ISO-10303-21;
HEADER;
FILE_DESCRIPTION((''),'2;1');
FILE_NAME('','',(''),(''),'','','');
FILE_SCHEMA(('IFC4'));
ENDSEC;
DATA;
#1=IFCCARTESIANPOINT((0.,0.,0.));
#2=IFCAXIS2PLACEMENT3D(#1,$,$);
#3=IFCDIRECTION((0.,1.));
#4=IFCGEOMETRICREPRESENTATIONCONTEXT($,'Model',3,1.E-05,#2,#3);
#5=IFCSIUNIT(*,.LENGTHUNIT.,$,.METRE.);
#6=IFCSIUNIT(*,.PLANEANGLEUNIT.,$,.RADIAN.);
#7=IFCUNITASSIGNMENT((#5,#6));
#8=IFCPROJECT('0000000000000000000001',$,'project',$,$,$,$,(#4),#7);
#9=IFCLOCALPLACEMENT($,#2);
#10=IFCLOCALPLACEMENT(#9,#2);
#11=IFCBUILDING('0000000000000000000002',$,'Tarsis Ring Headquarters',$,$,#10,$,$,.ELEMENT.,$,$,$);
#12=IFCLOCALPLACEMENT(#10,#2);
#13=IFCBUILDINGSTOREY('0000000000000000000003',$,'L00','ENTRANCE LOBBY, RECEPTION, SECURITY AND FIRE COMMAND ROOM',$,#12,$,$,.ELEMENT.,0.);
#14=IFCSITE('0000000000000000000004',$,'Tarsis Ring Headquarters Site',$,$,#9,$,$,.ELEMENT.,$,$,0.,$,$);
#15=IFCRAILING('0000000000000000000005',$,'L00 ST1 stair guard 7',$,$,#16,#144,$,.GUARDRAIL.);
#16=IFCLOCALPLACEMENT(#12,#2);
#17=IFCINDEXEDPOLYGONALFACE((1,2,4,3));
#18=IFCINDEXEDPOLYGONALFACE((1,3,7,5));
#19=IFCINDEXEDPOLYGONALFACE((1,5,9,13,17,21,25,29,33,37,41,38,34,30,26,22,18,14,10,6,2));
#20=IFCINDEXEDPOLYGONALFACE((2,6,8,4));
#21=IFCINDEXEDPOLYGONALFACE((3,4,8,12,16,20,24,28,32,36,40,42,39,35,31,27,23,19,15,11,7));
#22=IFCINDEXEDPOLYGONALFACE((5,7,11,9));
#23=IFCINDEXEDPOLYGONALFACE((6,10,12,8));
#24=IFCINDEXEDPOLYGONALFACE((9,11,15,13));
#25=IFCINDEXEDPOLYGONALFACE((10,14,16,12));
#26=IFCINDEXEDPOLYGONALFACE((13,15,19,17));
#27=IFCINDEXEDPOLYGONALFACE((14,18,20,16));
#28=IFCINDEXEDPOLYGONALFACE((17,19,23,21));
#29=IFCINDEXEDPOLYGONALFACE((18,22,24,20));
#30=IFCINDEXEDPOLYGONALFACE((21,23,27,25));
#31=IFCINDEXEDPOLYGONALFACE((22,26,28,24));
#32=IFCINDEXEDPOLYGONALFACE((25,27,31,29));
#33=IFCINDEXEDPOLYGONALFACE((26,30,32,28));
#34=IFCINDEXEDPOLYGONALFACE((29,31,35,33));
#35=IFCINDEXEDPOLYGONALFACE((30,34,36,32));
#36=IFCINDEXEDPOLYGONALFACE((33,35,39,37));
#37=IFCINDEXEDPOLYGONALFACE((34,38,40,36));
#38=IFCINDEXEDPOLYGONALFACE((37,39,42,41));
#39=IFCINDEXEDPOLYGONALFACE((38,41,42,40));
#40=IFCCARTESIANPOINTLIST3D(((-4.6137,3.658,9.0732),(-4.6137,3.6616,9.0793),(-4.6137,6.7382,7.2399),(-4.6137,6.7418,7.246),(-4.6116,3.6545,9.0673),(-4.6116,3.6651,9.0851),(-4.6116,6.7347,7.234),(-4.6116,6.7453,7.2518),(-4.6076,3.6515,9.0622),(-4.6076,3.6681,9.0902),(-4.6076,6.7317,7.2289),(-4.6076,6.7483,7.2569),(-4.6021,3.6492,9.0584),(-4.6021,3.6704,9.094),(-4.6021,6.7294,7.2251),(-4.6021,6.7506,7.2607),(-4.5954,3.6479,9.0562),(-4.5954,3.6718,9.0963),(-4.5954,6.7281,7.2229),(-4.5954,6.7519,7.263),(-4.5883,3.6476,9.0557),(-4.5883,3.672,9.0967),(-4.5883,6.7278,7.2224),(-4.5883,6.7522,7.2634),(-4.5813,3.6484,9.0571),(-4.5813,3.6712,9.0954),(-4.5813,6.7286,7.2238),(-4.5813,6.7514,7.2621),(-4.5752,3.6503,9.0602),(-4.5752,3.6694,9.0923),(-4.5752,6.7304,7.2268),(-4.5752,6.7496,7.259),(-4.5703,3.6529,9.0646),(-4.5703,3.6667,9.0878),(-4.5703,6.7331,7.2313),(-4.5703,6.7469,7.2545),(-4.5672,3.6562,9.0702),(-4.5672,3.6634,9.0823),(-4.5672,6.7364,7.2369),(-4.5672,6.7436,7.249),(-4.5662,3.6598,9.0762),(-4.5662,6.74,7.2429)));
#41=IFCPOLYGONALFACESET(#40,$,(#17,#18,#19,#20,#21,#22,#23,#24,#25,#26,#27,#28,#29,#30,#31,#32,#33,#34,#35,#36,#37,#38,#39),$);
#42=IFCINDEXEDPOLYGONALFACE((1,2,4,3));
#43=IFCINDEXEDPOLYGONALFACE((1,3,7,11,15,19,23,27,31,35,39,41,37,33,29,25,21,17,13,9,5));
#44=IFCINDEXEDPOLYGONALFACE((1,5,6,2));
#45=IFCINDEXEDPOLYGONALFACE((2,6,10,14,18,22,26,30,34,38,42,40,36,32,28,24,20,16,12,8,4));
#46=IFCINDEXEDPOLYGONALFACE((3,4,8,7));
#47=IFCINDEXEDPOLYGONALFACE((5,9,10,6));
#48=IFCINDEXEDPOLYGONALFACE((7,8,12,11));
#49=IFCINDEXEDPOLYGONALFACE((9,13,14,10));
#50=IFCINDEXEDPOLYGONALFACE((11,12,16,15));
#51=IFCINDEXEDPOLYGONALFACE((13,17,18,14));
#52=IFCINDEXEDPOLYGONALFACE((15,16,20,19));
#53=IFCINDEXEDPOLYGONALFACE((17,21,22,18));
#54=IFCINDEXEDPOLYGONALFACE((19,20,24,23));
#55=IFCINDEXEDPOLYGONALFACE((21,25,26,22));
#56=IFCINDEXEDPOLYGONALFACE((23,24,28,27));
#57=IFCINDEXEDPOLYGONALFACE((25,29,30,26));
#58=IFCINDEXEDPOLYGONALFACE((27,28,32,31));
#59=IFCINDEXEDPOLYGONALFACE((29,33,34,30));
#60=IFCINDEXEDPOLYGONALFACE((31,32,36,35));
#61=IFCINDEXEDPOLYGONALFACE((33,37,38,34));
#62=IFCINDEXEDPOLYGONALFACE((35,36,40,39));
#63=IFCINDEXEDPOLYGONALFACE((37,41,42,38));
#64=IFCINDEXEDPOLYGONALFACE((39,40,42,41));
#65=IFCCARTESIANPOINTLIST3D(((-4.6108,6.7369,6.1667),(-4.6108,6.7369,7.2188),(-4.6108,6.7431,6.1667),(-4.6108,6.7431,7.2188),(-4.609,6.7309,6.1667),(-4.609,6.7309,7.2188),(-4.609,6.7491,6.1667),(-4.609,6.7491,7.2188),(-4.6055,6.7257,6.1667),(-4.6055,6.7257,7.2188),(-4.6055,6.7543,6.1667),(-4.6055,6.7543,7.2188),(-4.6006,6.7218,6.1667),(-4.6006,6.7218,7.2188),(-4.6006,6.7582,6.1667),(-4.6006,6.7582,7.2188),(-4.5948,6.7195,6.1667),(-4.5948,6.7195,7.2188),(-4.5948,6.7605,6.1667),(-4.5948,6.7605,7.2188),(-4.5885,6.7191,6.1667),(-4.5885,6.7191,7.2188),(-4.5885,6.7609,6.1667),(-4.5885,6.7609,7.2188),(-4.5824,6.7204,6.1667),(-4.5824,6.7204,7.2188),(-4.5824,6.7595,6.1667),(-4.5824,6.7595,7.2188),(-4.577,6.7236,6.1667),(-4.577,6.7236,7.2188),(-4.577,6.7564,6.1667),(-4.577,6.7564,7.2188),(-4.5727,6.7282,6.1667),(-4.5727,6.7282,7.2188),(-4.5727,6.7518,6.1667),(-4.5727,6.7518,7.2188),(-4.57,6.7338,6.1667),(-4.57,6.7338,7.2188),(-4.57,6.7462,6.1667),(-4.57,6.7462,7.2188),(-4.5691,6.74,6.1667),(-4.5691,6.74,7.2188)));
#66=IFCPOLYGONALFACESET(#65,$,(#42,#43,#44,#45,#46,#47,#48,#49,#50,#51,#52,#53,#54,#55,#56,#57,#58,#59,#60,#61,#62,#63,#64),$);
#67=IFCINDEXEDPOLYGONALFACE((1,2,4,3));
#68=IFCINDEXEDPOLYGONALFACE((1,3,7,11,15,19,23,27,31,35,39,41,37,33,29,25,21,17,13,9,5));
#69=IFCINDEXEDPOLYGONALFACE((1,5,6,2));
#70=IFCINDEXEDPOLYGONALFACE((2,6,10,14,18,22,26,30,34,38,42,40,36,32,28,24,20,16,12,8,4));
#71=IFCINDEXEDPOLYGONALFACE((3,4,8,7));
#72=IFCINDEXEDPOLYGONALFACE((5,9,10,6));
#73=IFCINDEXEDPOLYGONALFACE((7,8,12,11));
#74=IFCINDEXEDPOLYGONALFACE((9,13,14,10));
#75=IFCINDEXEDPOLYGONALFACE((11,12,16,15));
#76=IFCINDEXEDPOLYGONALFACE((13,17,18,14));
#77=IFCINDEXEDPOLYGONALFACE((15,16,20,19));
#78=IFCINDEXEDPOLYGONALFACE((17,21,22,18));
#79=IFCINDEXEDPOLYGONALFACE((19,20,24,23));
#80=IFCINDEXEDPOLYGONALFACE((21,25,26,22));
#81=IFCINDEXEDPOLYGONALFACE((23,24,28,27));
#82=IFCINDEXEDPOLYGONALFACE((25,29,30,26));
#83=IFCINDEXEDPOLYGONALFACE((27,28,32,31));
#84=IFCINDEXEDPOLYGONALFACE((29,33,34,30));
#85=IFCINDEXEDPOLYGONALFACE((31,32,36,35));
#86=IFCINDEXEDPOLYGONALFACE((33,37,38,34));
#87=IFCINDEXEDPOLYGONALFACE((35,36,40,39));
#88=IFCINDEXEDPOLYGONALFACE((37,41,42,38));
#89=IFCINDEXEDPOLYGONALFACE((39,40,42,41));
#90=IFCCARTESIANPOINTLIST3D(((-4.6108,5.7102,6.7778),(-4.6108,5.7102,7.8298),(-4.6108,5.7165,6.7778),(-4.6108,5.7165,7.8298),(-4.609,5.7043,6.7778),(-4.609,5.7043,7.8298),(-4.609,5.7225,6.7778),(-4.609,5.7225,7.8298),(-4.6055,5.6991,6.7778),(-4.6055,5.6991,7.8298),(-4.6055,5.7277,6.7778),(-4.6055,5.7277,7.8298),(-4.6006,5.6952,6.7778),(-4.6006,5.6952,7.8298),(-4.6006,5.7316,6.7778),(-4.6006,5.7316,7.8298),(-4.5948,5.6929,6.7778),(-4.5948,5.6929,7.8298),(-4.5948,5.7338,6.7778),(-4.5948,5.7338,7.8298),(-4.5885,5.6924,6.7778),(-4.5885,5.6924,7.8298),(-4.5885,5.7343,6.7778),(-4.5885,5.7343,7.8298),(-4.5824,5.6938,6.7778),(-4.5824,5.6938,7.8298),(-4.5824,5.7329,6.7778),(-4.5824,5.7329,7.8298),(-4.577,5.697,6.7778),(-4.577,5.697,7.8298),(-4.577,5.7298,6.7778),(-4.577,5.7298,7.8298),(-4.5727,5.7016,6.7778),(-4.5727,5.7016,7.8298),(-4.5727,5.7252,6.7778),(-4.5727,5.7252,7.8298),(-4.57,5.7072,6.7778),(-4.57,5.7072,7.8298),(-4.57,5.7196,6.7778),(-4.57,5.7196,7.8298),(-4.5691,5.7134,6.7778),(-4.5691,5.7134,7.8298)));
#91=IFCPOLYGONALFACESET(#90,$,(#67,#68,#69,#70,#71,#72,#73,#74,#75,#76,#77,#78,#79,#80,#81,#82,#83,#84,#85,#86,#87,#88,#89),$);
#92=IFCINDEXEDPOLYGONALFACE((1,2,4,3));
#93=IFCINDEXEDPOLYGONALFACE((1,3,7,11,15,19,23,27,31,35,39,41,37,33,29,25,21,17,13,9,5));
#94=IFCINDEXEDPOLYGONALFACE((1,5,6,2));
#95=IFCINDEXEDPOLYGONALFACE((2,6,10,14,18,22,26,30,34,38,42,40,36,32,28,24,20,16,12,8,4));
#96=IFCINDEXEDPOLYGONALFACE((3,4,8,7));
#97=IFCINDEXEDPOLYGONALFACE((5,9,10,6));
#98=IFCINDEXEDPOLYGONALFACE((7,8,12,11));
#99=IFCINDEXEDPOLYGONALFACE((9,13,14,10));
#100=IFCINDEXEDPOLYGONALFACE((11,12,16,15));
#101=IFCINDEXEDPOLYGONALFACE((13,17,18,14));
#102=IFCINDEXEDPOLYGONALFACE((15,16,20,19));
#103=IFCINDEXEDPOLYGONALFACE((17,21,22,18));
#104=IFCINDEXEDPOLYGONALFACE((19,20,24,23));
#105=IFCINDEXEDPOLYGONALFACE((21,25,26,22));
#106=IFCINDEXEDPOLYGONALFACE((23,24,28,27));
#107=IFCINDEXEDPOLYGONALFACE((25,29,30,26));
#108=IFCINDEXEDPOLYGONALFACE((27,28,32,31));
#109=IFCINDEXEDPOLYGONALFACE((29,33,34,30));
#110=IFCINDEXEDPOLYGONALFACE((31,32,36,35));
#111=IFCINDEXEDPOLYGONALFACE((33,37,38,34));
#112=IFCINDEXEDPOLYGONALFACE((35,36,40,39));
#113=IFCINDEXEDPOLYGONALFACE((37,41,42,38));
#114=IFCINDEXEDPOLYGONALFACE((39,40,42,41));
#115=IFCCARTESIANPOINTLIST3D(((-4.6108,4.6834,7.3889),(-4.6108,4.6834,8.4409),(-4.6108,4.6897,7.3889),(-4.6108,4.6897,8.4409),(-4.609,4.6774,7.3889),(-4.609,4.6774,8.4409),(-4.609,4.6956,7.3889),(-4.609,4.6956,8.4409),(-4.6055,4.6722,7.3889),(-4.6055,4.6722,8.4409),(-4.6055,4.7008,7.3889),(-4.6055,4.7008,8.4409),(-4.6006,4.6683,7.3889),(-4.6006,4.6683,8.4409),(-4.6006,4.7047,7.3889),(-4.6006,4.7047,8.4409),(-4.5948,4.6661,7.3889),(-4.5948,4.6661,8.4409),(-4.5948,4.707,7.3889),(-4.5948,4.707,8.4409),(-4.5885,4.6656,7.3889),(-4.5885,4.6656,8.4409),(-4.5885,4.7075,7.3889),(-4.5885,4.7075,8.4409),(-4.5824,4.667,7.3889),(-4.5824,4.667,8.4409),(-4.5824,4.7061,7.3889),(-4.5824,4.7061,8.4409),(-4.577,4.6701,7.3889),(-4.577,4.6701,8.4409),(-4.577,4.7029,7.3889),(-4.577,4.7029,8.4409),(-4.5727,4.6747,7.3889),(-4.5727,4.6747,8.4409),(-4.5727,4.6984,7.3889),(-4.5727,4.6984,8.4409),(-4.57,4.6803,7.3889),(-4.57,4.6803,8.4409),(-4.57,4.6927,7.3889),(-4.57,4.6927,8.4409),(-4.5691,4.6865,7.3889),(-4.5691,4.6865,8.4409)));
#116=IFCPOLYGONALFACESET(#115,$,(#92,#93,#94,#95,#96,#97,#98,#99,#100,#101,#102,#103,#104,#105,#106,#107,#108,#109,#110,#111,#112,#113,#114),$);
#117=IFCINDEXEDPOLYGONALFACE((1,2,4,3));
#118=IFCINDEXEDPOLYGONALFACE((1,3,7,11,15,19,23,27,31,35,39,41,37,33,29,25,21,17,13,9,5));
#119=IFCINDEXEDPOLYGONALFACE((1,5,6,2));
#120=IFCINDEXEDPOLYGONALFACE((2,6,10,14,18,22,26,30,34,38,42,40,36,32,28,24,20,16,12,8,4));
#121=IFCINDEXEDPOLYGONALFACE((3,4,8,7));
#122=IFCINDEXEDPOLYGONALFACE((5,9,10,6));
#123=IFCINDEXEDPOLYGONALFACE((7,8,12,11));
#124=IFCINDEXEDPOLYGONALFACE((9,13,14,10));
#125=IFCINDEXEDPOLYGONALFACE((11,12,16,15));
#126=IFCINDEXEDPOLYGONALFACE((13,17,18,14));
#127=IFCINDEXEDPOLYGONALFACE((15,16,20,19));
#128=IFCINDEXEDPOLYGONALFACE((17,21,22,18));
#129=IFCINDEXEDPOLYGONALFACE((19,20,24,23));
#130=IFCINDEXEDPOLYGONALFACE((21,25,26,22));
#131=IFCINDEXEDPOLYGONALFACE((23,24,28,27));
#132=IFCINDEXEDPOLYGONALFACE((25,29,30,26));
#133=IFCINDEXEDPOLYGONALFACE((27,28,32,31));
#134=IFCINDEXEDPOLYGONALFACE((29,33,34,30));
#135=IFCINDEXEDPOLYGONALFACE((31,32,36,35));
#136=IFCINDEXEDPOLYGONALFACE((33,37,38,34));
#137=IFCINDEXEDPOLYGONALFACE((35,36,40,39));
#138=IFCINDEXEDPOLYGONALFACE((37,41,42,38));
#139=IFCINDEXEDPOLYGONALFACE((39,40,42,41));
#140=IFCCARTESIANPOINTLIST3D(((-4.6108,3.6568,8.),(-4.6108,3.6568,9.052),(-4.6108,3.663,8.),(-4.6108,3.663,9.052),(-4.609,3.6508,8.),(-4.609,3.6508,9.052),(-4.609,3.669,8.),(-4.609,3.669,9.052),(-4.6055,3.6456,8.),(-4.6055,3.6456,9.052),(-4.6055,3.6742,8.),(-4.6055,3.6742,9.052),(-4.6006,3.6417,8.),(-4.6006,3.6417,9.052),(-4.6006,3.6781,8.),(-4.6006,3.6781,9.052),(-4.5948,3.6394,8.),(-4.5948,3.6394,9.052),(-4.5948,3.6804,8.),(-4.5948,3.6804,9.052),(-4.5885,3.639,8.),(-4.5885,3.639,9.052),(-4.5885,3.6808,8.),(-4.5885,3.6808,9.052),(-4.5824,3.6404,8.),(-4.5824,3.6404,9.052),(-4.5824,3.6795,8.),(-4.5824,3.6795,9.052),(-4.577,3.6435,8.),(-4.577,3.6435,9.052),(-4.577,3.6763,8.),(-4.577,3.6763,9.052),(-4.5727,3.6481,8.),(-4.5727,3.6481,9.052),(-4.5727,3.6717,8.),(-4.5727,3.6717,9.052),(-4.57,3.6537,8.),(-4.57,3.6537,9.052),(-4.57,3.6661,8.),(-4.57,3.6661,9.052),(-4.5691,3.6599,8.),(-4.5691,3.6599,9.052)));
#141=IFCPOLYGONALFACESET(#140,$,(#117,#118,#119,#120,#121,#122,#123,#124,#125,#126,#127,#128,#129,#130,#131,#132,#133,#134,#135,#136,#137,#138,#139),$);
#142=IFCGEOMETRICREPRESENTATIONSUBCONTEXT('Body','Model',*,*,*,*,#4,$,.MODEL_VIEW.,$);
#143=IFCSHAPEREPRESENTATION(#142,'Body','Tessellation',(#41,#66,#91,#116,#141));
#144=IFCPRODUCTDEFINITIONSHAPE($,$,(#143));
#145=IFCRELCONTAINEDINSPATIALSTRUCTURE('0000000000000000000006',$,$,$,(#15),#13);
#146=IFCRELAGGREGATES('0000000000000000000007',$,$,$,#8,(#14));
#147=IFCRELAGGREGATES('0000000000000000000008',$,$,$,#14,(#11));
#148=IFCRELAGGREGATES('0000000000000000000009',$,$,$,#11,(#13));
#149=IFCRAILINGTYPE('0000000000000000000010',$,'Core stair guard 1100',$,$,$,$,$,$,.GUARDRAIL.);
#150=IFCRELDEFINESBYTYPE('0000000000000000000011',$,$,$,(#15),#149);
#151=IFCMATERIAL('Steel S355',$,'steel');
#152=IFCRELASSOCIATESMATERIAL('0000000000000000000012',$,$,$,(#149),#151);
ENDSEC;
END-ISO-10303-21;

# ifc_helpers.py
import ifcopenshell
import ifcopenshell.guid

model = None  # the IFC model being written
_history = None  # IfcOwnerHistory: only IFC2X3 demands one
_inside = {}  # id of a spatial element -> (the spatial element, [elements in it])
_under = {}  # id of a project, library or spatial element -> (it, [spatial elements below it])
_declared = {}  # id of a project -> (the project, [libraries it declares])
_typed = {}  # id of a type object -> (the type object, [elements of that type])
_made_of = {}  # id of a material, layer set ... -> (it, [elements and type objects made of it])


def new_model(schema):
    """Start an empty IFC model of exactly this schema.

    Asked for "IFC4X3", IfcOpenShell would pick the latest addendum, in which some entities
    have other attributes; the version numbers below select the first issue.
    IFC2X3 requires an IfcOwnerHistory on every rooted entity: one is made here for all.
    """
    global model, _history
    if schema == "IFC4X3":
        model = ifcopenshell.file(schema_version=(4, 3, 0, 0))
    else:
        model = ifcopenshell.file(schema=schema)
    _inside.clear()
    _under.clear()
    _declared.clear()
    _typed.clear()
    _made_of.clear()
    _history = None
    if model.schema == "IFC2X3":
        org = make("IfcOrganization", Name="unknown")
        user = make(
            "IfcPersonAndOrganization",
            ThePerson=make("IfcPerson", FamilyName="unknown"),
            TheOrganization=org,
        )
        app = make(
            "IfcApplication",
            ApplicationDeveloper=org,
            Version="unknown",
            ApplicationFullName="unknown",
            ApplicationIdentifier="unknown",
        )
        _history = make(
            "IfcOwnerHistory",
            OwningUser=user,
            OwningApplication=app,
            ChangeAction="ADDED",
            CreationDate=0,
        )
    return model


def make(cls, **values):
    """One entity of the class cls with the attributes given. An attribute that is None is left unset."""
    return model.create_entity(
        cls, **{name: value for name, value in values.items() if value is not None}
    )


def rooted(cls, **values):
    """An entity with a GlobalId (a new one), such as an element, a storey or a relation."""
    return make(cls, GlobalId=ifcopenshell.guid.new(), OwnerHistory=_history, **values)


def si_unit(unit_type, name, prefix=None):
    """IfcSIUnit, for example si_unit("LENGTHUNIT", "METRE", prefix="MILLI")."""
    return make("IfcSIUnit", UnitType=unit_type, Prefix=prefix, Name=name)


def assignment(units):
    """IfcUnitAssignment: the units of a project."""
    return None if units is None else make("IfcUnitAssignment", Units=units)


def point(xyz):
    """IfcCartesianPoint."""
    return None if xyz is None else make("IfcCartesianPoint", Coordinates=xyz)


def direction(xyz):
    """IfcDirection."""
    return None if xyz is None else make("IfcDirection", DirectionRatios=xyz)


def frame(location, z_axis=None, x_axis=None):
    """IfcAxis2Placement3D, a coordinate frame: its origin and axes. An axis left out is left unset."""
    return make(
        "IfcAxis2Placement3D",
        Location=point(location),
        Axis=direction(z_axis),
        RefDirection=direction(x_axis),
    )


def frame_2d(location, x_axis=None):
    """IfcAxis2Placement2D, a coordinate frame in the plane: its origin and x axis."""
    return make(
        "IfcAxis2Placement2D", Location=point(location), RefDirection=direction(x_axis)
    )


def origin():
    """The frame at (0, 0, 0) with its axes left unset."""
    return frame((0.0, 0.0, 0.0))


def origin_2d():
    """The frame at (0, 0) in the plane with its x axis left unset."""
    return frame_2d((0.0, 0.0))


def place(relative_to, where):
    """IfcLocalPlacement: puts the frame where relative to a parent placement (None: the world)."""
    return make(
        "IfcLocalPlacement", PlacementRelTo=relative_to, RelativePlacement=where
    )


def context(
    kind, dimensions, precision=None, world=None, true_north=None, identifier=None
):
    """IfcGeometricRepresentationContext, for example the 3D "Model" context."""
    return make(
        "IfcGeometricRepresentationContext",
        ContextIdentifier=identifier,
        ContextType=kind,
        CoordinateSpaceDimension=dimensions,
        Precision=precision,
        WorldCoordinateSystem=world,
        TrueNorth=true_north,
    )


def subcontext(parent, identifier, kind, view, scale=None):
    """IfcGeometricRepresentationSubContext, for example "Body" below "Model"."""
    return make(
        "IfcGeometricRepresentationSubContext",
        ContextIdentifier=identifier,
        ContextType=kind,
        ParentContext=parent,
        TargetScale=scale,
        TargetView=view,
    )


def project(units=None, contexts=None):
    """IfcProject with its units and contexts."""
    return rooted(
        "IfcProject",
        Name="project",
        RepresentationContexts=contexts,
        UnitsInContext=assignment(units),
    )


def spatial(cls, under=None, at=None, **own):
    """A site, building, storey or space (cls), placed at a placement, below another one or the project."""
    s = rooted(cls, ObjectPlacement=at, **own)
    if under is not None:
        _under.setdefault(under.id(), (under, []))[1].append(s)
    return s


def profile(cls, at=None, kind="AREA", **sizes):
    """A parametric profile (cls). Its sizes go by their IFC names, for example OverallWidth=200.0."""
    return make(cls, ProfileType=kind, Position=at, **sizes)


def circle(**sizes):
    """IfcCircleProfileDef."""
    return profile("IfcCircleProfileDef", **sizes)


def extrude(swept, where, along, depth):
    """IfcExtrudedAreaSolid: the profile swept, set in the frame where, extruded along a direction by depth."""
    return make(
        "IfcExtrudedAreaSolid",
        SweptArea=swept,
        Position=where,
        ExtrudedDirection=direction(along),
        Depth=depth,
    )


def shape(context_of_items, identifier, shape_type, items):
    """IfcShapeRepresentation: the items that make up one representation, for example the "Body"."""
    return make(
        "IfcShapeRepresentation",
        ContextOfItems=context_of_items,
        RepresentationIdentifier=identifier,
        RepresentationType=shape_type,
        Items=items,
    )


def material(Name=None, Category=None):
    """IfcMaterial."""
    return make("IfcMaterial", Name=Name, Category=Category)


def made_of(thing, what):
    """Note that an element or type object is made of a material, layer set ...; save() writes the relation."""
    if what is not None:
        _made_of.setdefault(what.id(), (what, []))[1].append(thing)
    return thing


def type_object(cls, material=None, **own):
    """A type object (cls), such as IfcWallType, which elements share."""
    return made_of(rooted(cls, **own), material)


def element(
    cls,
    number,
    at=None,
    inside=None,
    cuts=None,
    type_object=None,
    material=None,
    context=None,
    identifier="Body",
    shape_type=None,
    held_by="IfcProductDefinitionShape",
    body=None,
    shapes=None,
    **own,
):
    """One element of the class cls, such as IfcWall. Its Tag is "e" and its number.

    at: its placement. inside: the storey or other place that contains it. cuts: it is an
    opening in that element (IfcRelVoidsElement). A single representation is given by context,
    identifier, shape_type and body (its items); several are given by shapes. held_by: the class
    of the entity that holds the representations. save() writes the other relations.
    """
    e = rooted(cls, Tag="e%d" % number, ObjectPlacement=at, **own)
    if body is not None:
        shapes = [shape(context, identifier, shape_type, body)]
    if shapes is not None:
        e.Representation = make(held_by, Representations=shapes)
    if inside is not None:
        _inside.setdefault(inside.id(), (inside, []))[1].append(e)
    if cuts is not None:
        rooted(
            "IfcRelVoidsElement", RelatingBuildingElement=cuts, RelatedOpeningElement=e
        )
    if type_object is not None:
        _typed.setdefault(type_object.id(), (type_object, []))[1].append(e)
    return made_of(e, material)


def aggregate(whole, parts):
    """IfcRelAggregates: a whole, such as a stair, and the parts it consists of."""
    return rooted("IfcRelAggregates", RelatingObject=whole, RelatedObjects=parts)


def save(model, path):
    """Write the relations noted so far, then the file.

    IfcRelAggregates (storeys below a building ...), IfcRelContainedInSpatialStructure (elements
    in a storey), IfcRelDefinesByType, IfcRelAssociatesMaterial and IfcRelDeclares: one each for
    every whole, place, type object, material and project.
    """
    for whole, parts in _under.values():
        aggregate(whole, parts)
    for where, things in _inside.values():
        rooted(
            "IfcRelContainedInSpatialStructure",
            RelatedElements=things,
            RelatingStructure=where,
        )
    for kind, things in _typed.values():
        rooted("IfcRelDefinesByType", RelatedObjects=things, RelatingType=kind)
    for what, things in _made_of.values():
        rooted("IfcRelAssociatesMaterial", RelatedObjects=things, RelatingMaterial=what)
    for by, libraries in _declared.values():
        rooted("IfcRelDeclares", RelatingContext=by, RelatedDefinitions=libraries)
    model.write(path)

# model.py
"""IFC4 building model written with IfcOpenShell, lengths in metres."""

from ifc_helpers import new_model, si_unit, direction, frame, origin, origin_2d, place, context, subcontext, project, spatial, circle, extrude, material, type_object, element, save


model = new_model("IFC4")

# Units and contexts
model_context = context("Model", 3, precision=1e-05, world=origin(), true_north=direction((0.0, 1.0)))
body_context = subcontext(model_context, "Body", "Model", "MODEL_VIEW")
ifc_project = project(units=[si_unit("LENGTHUNIT", "METRE"), si_unit("PLANEANGLEUNIT", "RADIAN")], contexts=[model_context])

# Site, building, storey
site_placement = place(None, origin())
site = spatial("IfcSite", under=ifc_project, at=site_placement, Name="Tarsis Ring Headquarters Site", CompositionType="ELEMENT", RefElevation=0.0)
building_placement = place(site_placement, origin())
building = spatial("IfcBuilding", under=site, at=building_placement, Name="Tarsis Ring Headquarters", CompositionType="ELEMENT")
storey_placement = place(building_placement, origin())
storey = spatial("IfcBuildingStorey", under=building, at=storey_placement, Name="L00", Description="ENTRANCE LOBBY, RECEPTION, SECURITY AND FIRE COMMAND ROOM", CompositionType="ELEMENT", Elevation=0.0)

# Railing
ifc_material_1 = material(Name="Steel S355", Category="steel")
railing_type_1 = type_object("IfcRailingType", Name="Core stair guard 1100", PredefinedType="GUARDRAIL", material=ifc_material_1)
railing_1_placement = place(storey_placement, frame((-4.5901, 6.74, 6.1667)))
element("IfcRailing", 1, at=railing_1_placement, inside=storey, type_object=railing_type_1, Name="L00 ST1 stair guard 7", PredefinedType="GUARDRAIL", context=body_context, shape_type="SweptSolid", body=[
    extrude(circle(Radius=0.0239, at=origin_2d()), frame((0.0, 0.0, 1.0762), z_axis=(0.0, -0.859309, 0.511458), x_axis=(1.0, 0.0, 0.0)), (0.0, 0.0, 1.0), 3.5845),
    extrude(circle(Radius=0.021, at=origin_2d()), origin(), (0.0, 0.0, 1.0), 1.052),
    extrude(circle(Radius=0.021, at=origin_2d()), frame((0.0, -1.0266, 0.6111)), (0.0, 0.0, 1.0), 1.052),
    extrude(circle(Radius=0.021, at=origin_2d()), frame((0.0, -2.0535, 1.2222)), (0.0, 0.0, 1.0), 1.052),
    extrude(circle(Radius=0.021, at=origin_2d()), frame((0.0, -3.0801, 1.8333)), (0.0, 0.0, 1.0), 1.052),
])

save(model, "model.ifc")
